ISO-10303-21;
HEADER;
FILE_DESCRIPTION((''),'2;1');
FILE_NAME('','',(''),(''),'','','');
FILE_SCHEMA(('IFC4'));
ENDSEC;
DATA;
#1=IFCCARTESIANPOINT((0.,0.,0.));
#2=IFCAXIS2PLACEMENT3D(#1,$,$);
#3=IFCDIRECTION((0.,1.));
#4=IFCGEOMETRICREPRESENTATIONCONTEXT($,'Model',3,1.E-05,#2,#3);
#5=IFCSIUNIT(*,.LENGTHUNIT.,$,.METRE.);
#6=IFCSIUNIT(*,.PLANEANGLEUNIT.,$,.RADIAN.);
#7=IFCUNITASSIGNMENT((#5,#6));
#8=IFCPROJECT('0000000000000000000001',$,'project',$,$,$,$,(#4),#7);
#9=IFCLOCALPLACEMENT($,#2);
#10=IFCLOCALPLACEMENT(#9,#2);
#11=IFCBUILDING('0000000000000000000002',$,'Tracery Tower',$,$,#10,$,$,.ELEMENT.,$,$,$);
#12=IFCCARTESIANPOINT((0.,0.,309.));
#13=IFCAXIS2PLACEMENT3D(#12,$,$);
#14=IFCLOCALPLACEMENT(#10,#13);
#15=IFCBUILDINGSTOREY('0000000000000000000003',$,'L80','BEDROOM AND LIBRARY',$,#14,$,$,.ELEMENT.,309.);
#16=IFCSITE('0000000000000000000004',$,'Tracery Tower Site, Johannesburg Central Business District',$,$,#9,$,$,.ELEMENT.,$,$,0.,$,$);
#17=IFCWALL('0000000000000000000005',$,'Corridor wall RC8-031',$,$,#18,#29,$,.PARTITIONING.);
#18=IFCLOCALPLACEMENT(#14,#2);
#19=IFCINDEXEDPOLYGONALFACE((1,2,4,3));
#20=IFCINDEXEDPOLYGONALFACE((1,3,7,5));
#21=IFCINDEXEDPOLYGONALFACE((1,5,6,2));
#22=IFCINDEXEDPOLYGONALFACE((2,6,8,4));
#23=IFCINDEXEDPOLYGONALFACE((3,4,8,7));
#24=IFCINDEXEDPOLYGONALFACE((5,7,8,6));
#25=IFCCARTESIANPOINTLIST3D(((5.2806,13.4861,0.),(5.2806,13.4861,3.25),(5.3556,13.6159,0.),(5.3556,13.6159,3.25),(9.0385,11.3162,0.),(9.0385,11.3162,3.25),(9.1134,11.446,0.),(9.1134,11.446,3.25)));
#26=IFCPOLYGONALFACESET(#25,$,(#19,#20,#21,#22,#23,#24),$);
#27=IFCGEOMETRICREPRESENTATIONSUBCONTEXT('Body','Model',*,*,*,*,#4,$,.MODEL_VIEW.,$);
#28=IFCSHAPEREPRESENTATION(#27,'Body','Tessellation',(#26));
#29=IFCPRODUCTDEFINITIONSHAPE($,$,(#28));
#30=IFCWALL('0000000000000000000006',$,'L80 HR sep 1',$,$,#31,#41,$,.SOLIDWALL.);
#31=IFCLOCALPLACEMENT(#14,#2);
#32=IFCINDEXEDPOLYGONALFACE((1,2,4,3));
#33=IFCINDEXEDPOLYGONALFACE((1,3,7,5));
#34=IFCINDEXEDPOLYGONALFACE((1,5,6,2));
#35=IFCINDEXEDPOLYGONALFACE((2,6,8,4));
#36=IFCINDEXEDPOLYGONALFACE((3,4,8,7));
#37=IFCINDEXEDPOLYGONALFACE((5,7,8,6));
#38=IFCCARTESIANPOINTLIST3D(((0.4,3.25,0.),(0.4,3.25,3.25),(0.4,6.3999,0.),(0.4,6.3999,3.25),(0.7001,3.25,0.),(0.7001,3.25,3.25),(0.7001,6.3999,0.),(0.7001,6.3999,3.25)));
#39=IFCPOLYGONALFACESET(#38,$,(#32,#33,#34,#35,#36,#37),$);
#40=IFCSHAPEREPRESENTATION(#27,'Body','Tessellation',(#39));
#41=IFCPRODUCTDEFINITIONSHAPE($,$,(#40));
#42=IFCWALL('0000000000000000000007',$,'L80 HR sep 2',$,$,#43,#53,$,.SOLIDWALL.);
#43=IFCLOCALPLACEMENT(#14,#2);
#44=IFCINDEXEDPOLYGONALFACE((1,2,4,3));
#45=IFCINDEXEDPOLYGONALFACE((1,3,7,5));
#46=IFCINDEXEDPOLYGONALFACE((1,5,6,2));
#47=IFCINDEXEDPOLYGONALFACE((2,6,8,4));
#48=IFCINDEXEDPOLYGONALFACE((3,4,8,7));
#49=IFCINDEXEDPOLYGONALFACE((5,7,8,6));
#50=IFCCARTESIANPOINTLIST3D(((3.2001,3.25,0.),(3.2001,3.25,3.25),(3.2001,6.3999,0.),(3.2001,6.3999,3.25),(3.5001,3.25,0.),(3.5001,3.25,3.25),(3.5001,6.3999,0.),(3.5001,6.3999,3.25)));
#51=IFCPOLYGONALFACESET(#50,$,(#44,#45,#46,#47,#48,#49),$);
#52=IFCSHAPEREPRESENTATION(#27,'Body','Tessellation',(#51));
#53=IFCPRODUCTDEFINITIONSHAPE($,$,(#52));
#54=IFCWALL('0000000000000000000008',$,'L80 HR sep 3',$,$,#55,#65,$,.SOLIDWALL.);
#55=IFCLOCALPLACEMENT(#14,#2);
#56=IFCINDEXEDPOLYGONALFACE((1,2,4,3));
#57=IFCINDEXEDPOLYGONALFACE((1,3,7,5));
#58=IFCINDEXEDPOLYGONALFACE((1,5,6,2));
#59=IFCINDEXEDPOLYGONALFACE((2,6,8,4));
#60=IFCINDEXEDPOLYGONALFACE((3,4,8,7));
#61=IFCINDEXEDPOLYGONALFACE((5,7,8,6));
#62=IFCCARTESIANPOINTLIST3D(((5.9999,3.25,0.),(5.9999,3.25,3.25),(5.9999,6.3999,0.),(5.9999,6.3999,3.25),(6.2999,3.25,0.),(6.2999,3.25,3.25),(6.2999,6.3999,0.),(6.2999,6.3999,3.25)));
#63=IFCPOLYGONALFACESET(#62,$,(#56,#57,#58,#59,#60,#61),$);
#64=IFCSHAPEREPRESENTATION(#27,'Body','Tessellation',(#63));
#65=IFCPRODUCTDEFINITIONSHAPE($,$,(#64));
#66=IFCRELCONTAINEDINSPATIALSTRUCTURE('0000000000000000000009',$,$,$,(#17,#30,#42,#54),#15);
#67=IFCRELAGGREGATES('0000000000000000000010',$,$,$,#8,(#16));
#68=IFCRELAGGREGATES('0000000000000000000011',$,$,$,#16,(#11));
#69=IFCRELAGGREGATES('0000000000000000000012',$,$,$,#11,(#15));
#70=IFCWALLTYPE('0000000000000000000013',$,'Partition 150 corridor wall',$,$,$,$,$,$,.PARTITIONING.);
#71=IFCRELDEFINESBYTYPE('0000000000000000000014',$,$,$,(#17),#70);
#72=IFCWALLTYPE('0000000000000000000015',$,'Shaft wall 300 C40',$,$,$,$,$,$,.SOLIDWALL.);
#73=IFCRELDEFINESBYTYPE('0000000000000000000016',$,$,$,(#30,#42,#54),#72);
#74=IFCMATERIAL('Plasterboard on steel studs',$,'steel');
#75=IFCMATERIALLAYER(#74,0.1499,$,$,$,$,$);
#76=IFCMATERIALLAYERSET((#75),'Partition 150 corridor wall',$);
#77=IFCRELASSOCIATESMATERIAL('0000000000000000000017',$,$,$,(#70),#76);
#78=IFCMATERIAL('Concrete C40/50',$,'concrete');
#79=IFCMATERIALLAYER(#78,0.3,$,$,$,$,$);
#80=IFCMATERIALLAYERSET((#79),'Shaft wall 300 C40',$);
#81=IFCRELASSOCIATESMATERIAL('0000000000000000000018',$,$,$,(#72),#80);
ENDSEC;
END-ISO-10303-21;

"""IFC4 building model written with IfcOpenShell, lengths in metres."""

from ifc_helpers import new_model, si_unit, direction, frame, frame_2d, origin, place, context, subcontext, project, spatial, rectangle, extrude, material, layer, layer_set, type_object, element, save


model = new_model("IFC4")

# Units and contexts
model_context = context("Model", 3, precision=1e-05, world=origin(), true_north=direction((0.0, 1.0)))
body_context = subcontext(model_context, "Body", "Model", "MODEL_VIEW")
ifc_project = project(units=[si_unit("LENGTHUNIT", "METRE"), si_unit("PLANEANGLEUNIT", "RADIAN")], contexts=[model_context])

# Site, building, storey
site_placement = place(None, origin())
site = spatial("IfcSite", under=ifc_project, at=site_placement, Name="Tracery Tower Site, Johannesburg Central Business District", CompositionType="ELEMENT", RefElevation=0.0)
building_placement = place(site_placement, origin())
building = spatial("IfcBuilding", under=site, at=building_placement, Name="Tracery Tower", CompositionType="ELEMENT")
storey_placement = place(building_placement, frame((0.0, 0.0, 309.0)))
storey = spatial("IfcBuildingStorey", under=building, at=storey_placement, Name="L80", Description="BEDROOM AND LIBRARY", CompositionType="ELEMENT", Elevation=309.0)

# Shared definitions
ifc_material_1 = material(Name="Plasterboard on steel studs", Category="steel")
ifc_layer_1 = layer(ifc_material_1, 0.1499)
ifc_layer_set_1 = layer_set([ifc_layer_1], Name="Partition 150 corridor wall")
wall_type_1 = type_object("IfcWallType", Name="Partition 150 corridor wall", PredefinedType="PARTITIONING", material=ifc_layer_set_1)

# Walls
wall_1_placement = place(storey_placement, frame((5.3181, 13.551, 0.0), z_axis=(0.0, 0.0, 1.0), x_axis=(0.865991, -0.50006, 0.0)))
element("IfcWall", 1, at=wall_1_placement, inside=storey, type_object=wall_type_1, Name="Corridor wall RC8-031", PredefinedType="PARTITIONING", context=body_context, shape_type="SweptSolid", body=[
    extrude(rectangle(XDim=4.3394, YDim=0.1499, at=frame_2d((2.1697, 0.0))), origin(), (0.0, 0.0, 1.0), 3.25),
])
ifc_material_2 = material(Name="Concrete C40/50", Category="concrete")
ifc_layer_2 = layer(ifc_material_2, 0.3)
ifc_layer_set_2 = layer_set([ifc_layer_2], Name="Shaft wall 300 C40")
wall_type_2 = type_object("IfcWallType", Name="Shaft wall 300 C40", PredefinedType="SOLIDWALL", material=ifc_layer_set_2)
for number, where, z_axis, x_axis, name in (
    (2, (0.55, 3.25, 0.0), (0.0, 0.0, 1.0), (0.0, 1.0, 0.0), "L80 HR sep 1"),
    (3, (3.3501, 3.25, 0.0), (0.0, 0.0, 1.0), (0.0, 1.0, 0.0), "L80 HR sep 2"),
    (4, (6.1499, 3.25, 0.0), (0.0, 0.0, 1.0), (0.0, 1.0, 0.0), "L80 HR sep 3"),
):
    element("IfcWall", number, at=place(storey_placement, frame(where, z_axis=z_axis, x_axis=x_axis)), inside=storey, type_object=wall_type_2, Name=name, PredefinedType="SOLIDWALL", context=body_context, shape_type="SweptSolid", body=[
        extrude(rectangle(XDim=3.1499, YDim=0.3, at=frame_2d((1.575, 0.0))), origin(), (0.0, 0.0, 1.0), 3.25),
    ])

save(model, "model.ifc")
